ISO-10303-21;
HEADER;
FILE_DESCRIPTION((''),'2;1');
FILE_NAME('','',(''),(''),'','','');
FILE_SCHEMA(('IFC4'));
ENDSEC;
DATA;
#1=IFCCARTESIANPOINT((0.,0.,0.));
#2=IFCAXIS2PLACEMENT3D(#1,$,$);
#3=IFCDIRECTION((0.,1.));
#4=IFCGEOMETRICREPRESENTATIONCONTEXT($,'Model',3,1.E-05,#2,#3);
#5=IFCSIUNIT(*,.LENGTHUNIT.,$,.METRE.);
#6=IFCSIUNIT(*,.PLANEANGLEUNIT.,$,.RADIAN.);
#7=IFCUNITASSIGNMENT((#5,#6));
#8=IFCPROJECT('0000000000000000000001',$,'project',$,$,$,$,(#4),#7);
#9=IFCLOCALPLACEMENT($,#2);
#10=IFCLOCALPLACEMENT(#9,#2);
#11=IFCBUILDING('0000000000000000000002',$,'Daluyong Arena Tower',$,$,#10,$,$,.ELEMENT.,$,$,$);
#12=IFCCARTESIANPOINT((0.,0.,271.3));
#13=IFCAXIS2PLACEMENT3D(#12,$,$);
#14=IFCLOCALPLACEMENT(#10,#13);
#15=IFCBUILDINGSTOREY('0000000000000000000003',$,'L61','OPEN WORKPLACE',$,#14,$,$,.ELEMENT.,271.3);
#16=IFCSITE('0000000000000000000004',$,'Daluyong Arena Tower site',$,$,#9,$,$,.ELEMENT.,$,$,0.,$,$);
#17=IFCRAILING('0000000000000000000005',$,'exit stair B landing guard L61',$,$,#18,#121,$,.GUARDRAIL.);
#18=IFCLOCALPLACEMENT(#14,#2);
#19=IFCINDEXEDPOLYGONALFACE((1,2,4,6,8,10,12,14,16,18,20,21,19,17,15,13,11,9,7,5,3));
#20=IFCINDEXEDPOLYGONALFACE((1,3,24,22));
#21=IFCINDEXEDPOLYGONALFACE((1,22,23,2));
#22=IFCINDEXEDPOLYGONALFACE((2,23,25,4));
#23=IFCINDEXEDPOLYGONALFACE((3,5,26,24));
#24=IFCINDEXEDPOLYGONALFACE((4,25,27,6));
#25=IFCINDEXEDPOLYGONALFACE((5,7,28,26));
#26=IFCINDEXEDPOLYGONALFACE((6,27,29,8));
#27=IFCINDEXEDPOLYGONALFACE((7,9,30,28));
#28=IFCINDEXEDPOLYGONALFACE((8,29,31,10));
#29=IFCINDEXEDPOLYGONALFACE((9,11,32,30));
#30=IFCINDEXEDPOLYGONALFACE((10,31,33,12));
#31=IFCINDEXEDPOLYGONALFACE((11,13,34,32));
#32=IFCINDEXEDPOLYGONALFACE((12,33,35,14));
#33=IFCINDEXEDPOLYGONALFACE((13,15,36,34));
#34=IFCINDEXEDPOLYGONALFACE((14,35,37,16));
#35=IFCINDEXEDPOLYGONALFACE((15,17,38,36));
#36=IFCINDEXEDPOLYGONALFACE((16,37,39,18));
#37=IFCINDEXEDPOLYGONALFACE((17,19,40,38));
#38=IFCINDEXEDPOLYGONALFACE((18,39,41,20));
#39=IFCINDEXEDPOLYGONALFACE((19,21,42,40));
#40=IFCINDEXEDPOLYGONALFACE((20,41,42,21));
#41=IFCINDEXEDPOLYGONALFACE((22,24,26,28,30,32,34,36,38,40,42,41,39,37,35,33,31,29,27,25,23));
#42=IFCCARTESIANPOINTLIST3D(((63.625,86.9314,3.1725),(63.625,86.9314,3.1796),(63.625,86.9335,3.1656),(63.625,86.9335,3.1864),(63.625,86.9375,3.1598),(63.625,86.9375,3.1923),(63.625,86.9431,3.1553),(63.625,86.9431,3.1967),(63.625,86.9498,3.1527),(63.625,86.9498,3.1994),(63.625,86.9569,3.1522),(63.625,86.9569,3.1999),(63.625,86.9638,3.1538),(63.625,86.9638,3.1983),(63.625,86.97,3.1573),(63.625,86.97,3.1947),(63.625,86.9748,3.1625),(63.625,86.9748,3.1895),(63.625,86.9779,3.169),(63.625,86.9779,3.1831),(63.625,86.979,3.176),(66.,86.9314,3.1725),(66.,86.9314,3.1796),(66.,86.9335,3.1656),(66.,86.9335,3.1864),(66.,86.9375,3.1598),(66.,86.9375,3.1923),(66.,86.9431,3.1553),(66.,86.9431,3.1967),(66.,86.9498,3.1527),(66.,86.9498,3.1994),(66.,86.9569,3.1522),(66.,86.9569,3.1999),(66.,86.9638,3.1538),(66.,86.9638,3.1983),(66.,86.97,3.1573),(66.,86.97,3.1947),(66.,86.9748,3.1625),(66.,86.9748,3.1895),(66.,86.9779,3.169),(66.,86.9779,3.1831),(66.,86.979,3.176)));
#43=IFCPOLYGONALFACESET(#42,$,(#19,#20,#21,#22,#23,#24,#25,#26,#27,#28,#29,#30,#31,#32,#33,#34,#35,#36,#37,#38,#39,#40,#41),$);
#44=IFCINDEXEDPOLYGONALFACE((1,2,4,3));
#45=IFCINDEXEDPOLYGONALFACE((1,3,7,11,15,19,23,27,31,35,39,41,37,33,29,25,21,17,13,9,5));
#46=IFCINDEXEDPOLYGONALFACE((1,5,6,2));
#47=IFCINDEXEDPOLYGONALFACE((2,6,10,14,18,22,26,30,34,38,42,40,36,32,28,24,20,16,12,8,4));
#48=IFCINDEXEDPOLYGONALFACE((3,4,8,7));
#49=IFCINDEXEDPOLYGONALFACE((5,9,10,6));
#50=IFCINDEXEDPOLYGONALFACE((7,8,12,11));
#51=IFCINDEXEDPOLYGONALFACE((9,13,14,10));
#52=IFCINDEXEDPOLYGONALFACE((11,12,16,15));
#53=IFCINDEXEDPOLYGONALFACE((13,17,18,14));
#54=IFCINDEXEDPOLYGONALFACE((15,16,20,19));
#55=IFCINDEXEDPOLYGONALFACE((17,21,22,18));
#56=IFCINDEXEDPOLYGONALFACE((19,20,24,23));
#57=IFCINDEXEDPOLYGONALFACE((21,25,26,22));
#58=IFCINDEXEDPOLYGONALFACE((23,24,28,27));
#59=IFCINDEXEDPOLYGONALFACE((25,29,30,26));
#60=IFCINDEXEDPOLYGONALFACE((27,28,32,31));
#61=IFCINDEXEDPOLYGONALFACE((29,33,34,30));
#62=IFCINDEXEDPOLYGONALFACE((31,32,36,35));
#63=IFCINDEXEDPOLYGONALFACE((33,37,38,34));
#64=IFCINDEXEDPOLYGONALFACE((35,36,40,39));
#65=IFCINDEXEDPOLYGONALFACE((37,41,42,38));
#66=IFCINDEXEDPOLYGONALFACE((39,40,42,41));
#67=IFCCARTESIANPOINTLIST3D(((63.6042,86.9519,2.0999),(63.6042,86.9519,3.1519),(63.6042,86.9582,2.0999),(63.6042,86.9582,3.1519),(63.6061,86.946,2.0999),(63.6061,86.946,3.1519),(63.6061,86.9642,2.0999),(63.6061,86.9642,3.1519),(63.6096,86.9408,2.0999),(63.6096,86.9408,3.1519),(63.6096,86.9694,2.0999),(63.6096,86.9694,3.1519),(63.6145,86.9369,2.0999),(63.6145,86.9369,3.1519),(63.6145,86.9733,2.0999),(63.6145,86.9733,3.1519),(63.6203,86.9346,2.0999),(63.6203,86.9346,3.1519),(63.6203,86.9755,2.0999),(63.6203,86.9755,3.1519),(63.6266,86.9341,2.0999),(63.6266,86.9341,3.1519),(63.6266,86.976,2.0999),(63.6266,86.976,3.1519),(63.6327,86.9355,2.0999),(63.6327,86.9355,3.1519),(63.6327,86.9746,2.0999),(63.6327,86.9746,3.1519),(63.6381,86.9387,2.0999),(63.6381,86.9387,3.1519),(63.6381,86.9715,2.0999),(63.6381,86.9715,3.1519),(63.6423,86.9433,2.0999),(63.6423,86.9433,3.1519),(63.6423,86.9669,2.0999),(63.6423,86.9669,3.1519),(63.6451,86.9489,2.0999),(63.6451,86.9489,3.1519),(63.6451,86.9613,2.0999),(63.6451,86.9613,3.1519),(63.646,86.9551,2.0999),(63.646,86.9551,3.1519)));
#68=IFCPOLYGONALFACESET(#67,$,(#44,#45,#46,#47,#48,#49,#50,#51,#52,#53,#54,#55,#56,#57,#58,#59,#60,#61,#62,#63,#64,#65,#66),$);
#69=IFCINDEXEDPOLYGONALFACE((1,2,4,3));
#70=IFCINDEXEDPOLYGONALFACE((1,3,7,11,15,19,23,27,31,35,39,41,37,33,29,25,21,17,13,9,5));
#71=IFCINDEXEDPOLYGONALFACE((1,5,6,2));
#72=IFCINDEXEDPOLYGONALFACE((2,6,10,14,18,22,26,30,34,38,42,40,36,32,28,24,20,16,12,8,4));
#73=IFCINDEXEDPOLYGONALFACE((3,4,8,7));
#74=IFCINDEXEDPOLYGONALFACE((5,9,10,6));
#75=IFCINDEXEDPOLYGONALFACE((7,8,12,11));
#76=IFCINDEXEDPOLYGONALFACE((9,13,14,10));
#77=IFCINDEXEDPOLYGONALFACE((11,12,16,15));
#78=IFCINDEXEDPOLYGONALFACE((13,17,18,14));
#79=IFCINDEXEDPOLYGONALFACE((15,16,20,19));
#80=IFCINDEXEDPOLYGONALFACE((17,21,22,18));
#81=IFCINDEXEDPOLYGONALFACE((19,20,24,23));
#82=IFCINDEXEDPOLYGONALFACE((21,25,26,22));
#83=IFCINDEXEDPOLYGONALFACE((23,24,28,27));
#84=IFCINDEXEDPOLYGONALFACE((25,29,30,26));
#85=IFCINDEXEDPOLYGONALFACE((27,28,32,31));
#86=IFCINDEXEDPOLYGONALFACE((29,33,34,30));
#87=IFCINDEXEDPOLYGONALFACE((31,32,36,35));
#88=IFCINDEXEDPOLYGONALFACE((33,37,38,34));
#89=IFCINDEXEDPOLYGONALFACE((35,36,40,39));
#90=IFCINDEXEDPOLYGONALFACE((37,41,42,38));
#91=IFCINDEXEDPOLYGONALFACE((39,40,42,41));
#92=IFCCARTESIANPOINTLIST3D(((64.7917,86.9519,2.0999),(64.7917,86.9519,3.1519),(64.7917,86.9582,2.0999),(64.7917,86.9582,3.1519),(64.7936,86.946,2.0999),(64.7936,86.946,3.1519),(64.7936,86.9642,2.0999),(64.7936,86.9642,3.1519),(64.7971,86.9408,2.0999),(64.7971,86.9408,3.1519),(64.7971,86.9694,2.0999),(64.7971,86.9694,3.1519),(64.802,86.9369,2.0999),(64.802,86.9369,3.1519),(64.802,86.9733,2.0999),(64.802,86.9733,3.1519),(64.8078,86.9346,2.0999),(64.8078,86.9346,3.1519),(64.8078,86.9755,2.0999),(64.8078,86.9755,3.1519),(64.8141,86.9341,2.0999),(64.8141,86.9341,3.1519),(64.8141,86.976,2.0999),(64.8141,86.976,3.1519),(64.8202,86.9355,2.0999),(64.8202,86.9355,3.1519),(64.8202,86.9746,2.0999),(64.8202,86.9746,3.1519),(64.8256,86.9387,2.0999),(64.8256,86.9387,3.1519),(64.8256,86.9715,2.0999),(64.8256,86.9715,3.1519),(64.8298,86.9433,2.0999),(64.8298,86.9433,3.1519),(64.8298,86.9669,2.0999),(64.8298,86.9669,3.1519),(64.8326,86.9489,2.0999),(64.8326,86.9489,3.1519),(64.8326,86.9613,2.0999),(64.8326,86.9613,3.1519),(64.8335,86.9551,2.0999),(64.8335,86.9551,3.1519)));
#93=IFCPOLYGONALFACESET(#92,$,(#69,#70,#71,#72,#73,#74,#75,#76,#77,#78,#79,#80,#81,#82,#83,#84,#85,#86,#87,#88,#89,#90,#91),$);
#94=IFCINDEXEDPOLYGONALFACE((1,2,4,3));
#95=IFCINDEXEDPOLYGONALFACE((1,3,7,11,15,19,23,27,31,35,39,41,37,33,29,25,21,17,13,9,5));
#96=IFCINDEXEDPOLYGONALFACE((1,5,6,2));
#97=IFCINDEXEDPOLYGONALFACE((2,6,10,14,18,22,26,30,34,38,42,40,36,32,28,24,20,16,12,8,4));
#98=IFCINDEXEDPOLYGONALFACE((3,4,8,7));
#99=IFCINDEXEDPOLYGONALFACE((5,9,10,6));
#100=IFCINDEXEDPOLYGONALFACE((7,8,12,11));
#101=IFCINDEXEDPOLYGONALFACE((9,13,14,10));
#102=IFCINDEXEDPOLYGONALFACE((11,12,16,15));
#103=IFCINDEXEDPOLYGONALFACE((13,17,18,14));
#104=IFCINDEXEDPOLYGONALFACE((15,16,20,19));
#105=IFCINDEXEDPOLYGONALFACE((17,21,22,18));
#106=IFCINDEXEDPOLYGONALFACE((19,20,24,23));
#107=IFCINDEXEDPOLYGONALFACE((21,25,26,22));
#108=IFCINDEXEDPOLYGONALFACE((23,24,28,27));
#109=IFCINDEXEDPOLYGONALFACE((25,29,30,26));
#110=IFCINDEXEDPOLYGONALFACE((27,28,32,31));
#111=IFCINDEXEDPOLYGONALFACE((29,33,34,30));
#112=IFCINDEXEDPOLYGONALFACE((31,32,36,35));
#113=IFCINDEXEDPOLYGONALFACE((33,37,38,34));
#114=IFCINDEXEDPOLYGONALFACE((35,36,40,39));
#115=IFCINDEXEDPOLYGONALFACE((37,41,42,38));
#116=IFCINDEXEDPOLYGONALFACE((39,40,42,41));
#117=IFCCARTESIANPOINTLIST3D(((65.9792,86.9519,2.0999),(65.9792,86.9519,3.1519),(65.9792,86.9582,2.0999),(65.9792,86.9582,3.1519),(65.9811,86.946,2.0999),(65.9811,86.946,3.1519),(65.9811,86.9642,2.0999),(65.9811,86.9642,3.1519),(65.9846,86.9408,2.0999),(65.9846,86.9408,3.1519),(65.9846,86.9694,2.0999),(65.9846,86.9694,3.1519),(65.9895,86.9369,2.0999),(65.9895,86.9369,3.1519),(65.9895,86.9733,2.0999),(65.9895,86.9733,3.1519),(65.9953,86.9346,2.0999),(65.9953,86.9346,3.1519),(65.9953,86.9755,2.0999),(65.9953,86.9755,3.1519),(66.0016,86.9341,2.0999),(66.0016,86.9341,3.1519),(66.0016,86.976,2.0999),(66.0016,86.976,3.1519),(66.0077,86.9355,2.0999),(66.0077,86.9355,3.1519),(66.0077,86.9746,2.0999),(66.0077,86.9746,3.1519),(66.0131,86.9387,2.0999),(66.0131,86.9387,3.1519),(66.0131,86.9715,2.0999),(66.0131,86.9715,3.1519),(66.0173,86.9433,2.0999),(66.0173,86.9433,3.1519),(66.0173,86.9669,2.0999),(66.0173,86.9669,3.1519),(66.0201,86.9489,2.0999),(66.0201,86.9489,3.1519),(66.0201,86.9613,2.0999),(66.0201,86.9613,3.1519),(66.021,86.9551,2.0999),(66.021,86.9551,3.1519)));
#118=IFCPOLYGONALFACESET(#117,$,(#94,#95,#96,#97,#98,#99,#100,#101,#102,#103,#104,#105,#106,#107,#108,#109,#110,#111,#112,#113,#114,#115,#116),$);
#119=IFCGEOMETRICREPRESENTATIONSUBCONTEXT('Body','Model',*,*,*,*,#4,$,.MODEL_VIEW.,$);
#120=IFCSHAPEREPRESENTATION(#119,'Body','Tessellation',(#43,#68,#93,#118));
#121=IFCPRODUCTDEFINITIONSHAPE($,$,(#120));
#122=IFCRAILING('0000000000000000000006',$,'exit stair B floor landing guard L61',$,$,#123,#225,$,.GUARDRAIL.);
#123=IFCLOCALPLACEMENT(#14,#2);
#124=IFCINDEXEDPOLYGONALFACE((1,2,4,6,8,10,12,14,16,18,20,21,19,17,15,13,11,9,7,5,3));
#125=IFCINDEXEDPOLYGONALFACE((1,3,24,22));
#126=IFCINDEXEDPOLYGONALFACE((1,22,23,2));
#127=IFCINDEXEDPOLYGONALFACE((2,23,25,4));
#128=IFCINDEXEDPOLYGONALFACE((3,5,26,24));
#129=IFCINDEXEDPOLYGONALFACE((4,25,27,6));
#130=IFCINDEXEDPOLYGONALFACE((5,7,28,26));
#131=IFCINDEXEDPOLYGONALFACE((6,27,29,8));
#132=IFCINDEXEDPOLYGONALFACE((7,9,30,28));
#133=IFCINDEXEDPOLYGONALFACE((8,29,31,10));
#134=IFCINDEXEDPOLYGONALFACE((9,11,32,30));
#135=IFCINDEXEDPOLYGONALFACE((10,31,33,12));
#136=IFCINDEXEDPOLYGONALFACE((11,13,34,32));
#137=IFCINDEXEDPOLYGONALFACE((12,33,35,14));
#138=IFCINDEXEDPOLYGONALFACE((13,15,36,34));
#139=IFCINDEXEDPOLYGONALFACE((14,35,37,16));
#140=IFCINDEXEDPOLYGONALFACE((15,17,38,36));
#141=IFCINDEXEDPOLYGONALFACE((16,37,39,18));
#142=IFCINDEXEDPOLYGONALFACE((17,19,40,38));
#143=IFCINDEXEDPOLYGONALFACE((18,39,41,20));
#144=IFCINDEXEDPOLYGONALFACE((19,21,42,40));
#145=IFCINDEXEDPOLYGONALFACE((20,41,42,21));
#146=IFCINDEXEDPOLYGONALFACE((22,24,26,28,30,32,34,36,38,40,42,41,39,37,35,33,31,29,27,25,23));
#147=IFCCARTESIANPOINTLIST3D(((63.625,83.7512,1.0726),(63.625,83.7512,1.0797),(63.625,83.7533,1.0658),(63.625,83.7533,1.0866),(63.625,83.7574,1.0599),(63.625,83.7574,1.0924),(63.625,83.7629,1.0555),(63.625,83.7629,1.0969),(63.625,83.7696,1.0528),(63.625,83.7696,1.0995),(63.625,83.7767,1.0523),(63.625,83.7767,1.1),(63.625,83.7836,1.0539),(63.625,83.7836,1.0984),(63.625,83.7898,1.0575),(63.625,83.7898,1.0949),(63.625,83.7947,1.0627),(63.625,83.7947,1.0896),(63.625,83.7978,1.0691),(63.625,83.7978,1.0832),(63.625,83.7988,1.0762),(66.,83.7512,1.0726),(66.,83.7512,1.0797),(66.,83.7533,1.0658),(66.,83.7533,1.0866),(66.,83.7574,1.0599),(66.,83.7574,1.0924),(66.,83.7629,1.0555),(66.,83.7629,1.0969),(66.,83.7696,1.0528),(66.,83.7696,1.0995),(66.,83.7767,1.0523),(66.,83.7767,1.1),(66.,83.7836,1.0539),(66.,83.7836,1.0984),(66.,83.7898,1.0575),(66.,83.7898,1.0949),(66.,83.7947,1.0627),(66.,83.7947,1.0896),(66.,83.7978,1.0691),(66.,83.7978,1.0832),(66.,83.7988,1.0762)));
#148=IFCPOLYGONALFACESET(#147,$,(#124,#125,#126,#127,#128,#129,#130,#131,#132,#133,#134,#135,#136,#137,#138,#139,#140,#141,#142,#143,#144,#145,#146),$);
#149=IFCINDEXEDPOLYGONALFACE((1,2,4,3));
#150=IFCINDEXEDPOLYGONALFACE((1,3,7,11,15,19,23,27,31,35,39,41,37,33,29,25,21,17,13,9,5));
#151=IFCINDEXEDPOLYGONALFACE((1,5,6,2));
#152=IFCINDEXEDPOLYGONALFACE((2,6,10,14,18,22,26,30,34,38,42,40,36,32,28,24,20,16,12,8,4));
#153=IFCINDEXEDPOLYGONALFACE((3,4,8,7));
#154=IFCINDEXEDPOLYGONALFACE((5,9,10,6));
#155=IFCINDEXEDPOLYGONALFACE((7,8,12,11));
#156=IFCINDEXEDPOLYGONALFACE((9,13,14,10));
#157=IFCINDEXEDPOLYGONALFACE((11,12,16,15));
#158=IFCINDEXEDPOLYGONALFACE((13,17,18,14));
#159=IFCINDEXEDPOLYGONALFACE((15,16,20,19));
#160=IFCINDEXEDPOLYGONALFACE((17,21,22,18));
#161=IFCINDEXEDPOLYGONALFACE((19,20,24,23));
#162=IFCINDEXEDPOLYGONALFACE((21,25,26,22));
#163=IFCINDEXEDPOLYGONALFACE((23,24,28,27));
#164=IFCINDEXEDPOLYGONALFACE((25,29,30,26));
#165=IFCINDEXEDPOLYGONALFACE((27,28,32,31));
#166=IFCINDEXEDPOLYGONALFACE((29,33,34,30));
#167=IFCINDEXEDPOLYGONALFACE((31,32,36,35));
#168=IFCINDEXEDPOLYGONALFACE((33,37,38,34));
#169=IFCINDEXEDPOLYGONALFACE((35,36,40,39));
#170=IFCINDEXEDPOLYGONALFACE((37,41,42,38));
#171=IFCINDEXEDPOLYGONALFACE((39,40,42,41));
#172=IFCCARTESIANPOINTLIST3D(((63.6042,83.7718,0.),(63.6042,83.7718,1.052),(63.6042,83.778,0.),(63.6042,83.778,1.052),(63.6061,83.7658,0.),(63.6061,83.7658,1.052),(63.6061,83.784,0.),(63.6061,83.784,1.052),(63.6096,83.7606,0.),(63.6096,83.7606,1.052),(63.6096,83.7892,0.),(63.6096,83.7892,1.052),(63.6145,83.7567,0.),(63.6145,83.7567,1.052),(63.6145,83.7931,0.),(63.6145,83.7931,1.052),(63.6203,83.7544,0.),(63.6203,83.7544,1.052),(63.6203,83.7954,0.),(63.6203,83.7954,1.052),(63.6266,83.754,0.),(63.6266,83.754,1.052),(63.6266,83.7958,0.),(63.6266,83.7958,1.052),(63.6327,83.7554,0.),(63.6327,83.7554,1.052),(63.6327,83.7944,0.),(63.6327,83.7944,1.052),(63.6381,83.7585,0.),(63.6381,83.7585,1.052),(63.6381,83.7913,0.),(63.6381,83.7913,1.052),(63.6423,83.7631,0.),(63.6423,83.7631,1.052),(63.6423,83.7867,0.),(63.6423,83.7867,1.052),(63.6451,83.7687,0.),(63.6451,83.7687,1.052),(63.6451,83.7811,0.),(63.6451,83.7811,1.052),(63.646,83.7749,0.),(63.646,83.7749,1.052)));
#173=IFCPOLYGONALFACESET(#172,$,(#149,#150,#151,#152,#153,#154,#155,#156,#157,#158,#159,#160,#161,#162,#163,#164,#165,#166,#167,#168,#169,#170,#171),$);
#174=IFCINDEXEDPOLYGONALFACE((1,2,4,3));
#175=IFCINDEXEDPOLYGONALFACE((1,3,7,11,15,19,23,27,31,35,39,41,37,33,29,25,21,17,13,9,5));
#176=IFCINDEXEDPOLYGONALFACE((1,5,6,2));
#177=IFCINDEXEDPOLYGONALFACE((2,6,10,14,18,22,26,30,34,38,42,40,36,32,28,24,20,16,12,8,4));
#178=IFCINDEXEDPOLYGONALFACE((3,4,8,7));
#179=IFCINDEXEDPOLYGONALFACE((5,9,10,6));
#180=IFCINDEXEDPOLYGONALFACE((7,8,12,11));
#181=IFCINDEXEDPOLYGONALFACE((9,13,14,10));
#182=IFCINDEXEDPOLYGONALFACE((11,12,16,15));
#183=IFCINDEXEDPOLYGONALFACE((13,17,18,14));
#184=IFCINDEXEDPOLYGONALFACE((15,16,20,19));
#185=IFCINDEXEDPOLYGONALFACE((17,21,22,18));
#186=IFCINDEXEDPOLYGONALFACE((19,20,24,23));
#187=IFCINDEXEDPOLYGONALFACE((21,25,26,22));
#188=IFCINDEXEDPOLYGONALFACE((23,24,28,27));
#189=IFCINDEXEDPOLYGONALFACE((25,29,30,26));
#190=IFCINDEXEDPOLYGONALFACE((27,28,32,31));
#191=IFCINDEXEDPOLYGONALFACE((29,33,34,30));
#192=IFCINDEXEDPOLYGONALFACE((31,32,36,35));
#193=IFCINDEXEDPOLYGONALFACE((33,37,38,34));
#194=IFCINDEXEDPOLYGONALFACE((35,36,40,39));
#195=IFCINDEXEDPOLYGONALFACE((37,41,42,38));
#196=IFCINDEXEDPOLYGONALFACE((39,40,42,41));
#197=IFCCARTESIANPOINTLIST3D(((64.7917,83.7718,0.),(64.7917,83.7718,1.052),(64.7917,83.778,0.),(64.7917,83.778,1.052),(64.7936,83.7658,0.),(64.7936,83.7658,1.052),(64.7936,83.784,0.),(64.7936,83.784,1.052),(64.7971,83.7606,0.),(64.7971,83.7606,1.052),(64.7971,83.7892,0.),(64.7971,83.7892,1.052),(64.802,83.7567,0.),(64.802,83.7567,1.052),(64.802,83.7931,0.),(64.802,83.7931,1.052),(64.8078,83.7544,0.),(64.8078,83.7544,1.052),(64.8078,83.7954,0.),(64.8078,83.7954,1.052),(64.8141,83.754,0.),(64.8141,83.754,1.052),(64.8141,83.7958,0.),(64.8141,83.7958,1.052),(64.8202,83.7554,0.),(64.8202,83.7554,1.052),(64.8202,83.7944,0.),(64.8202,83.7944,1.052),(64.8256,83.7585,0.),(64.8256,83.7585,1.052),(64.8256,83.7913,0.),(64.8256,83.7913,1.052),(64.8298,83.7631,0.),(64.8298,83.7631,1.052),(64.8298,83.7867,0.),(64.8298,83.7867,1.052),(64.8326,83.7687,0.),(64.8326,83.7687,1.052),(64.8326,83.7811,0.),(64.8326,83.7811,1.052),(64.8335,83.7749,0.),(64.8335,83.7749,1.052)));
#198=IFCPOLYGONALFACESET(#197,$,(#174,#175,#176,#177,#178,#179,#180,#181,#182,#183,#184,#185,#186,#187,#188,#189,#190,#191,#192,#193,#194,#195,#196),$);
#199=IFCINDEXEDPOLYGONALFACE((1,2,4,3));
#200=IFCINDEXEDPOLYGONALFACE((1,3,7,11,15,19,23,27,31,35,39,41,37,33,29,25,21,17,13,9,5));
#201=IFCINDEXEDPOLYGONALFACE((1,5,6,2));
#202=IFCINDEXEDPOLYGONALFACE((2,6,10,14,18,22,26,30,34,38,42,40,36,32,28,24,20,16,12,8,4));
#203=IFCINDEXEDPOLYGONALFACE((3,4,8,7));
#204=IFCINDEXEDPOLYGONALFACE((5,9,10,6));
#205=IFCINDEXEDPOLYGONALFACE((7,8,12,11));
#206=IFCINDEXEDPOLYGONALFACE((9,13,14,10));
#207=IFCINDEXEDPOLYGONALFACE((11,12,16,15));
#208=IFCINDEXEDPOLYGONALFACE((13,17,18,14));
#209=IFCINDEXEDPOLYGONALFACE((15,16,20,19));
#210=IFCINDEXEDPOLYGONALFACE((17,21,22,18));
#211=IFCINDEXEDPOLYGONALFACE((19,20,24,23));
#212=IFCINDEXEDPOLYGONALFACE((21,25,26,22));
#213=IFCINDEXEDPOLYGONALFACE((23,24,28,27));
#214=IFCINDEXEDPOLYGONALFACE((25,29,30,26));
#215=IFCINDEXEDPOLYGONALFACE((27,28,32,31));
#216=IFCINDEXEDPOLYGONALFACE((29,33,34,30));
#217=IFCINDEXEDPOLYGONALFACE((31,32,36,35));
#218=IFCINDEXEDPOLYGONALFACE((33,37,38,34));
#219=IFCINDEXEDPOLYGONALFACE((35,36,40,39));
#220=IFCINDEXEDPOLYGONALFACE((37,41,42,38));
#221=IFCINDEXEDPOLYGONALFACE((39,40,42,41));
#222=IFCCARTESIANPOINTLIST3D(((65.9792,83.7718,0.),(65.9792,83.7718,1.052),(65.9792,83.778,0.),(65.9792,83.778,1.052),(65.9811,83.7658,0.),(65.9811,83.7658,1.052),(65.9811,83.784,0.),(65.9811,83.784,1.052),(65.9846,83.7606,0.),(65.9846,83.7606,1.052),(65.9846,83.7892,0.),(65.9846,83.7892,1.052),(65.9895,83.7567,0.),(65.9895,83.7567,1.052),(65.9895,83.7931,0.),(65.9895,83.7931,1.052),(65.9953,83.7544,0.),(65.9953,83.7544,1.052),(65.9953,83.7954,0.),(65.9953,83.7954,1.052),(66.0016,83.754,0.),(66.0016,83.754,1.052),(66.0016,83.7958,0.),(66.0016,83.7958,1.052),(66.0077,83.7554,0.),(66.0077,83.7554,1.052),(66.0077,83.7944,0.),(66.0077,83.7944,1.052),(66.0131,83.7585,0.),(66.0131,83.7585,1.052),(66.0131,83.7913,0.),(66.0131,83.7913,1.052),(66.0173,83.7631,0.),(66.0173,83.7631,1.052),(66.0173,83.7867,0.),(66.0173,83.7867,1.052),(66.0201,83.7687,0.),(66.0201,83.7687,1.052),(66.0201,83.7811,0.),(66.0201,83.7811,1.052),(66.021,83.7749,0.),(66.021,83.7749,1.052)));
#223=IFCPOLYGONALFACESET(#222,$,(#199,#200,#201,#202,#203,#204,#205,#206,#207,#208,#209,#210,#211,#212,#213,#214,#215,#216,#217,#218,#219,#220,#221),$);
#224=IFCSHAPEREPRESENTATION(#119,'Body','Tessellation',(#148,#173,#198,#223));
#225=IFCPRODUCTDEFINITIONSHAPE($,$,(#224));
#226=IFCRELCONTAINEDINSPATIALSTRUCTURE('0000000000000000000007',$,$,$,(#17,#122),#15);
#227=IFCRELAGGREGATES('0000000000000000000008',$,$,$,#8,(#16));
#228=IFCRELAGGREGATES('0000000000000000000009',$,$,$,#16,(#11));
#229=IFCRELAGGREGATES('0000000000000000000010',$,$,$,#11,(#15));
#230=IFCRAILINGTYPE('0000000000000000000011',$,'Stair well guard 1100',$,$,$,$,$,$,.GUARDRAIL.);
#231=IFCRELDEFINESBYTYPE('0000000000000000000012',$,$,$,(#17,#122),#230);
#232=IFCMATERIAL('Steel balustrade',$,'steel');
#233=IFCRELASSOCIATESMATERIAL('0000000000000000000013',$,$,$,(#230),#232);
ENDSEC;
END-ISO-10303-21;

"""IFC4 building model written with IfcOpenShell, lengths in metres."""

from ifc_helpers import new_model, si_unit, direction, frame, origin, origin_2d, place, context, subcontext, project, spatial, circle, extrude, material, type_object, element, save


model = new_model("IFC4")

# Units and contexts
model_context = context("Model", 3, precision=1e-05, world=origin(), true_north=direction((0.0, 1.0)))
body_context = subcontext(model_context, "Body", "Model", "MODEL_VIEW")
ifc_project = project(units=[si_unit("LENGTHUNIT", "METRE"), si_unit("PLANEANGLEUNIT", "RADIAN")], contexts=[model_context])

# Site, building, storey
site_placement = place(None, origin())
site = spatial("IfcSite", under=ifc_project, at=site_placement, Name="Daluyong Arena Tower site", CompositionType="ELEMENT", RefElevation=0.0)
building_placement = place(site_placement, origin())
building = spatial("IfcBuilding", under=site, at=building_placement, Name="Daluyong Arena Tower", CompositionType="ELEMENT")
storey_placement = place(building_placement, frame((0.0, 0.0, 271.3)))
storey = spatial("IfcBuildingStorey", under=building, at=storey_placement, Name="L61", Description="OPEN WORKPLACE", CompositionType="ELEMENT", Elevation=271.3)

# Railings
ifc_material_1 = material(Name="Steel balustrade", Category="steel")
railing_type_1 = type_object("IfcRailingType", Name="Stair well guard 1100", PredefinedType="GUARDRAIL", material=ifc_material_1)
for number, where, name in (
    (1, (63.625, 86.9551, 2.0999), "exit stair B landing guard L61"),
    (2, (63.625, 83.7749, 0.0), "exit stair B floor landing guard L61"),
):
    element("IfcRailing", number, at=place(storey_placement, frame(where)), inside=storey, type_object=railing_type_1, Name=name, PredefinedType="GUARDRAIL", context=body_context, shape_type="SweptSolid", body=[
        extrude(circle(Radius=0.0239, at=origin_2d()), frame((0.0, 0.0, 1.0762), z_axis=(1.0, 0.0, 0.0), x_axis=(0.0, 1.0, 0.0)), (0.0, 0.0, 1.0), 2.375),
        extrude(circle(Radius=0.021, at=origin_2d()), origin(), (0.0, 0.0, 1.0), 1.052),
        extrude(circle(Radius=0.021, at=origin_2d()), frame((1.1875, 0.0, 0.0)), (0.0, 0.0, 1.0), 1.052),
        extrude(circle(Radius=0.021, at=origin_2d()), frame((2.375, 0.0, 0.0)), (0.0, 0.0, 1.0), 1.052),
    ])

save(model, "model.ifc")
